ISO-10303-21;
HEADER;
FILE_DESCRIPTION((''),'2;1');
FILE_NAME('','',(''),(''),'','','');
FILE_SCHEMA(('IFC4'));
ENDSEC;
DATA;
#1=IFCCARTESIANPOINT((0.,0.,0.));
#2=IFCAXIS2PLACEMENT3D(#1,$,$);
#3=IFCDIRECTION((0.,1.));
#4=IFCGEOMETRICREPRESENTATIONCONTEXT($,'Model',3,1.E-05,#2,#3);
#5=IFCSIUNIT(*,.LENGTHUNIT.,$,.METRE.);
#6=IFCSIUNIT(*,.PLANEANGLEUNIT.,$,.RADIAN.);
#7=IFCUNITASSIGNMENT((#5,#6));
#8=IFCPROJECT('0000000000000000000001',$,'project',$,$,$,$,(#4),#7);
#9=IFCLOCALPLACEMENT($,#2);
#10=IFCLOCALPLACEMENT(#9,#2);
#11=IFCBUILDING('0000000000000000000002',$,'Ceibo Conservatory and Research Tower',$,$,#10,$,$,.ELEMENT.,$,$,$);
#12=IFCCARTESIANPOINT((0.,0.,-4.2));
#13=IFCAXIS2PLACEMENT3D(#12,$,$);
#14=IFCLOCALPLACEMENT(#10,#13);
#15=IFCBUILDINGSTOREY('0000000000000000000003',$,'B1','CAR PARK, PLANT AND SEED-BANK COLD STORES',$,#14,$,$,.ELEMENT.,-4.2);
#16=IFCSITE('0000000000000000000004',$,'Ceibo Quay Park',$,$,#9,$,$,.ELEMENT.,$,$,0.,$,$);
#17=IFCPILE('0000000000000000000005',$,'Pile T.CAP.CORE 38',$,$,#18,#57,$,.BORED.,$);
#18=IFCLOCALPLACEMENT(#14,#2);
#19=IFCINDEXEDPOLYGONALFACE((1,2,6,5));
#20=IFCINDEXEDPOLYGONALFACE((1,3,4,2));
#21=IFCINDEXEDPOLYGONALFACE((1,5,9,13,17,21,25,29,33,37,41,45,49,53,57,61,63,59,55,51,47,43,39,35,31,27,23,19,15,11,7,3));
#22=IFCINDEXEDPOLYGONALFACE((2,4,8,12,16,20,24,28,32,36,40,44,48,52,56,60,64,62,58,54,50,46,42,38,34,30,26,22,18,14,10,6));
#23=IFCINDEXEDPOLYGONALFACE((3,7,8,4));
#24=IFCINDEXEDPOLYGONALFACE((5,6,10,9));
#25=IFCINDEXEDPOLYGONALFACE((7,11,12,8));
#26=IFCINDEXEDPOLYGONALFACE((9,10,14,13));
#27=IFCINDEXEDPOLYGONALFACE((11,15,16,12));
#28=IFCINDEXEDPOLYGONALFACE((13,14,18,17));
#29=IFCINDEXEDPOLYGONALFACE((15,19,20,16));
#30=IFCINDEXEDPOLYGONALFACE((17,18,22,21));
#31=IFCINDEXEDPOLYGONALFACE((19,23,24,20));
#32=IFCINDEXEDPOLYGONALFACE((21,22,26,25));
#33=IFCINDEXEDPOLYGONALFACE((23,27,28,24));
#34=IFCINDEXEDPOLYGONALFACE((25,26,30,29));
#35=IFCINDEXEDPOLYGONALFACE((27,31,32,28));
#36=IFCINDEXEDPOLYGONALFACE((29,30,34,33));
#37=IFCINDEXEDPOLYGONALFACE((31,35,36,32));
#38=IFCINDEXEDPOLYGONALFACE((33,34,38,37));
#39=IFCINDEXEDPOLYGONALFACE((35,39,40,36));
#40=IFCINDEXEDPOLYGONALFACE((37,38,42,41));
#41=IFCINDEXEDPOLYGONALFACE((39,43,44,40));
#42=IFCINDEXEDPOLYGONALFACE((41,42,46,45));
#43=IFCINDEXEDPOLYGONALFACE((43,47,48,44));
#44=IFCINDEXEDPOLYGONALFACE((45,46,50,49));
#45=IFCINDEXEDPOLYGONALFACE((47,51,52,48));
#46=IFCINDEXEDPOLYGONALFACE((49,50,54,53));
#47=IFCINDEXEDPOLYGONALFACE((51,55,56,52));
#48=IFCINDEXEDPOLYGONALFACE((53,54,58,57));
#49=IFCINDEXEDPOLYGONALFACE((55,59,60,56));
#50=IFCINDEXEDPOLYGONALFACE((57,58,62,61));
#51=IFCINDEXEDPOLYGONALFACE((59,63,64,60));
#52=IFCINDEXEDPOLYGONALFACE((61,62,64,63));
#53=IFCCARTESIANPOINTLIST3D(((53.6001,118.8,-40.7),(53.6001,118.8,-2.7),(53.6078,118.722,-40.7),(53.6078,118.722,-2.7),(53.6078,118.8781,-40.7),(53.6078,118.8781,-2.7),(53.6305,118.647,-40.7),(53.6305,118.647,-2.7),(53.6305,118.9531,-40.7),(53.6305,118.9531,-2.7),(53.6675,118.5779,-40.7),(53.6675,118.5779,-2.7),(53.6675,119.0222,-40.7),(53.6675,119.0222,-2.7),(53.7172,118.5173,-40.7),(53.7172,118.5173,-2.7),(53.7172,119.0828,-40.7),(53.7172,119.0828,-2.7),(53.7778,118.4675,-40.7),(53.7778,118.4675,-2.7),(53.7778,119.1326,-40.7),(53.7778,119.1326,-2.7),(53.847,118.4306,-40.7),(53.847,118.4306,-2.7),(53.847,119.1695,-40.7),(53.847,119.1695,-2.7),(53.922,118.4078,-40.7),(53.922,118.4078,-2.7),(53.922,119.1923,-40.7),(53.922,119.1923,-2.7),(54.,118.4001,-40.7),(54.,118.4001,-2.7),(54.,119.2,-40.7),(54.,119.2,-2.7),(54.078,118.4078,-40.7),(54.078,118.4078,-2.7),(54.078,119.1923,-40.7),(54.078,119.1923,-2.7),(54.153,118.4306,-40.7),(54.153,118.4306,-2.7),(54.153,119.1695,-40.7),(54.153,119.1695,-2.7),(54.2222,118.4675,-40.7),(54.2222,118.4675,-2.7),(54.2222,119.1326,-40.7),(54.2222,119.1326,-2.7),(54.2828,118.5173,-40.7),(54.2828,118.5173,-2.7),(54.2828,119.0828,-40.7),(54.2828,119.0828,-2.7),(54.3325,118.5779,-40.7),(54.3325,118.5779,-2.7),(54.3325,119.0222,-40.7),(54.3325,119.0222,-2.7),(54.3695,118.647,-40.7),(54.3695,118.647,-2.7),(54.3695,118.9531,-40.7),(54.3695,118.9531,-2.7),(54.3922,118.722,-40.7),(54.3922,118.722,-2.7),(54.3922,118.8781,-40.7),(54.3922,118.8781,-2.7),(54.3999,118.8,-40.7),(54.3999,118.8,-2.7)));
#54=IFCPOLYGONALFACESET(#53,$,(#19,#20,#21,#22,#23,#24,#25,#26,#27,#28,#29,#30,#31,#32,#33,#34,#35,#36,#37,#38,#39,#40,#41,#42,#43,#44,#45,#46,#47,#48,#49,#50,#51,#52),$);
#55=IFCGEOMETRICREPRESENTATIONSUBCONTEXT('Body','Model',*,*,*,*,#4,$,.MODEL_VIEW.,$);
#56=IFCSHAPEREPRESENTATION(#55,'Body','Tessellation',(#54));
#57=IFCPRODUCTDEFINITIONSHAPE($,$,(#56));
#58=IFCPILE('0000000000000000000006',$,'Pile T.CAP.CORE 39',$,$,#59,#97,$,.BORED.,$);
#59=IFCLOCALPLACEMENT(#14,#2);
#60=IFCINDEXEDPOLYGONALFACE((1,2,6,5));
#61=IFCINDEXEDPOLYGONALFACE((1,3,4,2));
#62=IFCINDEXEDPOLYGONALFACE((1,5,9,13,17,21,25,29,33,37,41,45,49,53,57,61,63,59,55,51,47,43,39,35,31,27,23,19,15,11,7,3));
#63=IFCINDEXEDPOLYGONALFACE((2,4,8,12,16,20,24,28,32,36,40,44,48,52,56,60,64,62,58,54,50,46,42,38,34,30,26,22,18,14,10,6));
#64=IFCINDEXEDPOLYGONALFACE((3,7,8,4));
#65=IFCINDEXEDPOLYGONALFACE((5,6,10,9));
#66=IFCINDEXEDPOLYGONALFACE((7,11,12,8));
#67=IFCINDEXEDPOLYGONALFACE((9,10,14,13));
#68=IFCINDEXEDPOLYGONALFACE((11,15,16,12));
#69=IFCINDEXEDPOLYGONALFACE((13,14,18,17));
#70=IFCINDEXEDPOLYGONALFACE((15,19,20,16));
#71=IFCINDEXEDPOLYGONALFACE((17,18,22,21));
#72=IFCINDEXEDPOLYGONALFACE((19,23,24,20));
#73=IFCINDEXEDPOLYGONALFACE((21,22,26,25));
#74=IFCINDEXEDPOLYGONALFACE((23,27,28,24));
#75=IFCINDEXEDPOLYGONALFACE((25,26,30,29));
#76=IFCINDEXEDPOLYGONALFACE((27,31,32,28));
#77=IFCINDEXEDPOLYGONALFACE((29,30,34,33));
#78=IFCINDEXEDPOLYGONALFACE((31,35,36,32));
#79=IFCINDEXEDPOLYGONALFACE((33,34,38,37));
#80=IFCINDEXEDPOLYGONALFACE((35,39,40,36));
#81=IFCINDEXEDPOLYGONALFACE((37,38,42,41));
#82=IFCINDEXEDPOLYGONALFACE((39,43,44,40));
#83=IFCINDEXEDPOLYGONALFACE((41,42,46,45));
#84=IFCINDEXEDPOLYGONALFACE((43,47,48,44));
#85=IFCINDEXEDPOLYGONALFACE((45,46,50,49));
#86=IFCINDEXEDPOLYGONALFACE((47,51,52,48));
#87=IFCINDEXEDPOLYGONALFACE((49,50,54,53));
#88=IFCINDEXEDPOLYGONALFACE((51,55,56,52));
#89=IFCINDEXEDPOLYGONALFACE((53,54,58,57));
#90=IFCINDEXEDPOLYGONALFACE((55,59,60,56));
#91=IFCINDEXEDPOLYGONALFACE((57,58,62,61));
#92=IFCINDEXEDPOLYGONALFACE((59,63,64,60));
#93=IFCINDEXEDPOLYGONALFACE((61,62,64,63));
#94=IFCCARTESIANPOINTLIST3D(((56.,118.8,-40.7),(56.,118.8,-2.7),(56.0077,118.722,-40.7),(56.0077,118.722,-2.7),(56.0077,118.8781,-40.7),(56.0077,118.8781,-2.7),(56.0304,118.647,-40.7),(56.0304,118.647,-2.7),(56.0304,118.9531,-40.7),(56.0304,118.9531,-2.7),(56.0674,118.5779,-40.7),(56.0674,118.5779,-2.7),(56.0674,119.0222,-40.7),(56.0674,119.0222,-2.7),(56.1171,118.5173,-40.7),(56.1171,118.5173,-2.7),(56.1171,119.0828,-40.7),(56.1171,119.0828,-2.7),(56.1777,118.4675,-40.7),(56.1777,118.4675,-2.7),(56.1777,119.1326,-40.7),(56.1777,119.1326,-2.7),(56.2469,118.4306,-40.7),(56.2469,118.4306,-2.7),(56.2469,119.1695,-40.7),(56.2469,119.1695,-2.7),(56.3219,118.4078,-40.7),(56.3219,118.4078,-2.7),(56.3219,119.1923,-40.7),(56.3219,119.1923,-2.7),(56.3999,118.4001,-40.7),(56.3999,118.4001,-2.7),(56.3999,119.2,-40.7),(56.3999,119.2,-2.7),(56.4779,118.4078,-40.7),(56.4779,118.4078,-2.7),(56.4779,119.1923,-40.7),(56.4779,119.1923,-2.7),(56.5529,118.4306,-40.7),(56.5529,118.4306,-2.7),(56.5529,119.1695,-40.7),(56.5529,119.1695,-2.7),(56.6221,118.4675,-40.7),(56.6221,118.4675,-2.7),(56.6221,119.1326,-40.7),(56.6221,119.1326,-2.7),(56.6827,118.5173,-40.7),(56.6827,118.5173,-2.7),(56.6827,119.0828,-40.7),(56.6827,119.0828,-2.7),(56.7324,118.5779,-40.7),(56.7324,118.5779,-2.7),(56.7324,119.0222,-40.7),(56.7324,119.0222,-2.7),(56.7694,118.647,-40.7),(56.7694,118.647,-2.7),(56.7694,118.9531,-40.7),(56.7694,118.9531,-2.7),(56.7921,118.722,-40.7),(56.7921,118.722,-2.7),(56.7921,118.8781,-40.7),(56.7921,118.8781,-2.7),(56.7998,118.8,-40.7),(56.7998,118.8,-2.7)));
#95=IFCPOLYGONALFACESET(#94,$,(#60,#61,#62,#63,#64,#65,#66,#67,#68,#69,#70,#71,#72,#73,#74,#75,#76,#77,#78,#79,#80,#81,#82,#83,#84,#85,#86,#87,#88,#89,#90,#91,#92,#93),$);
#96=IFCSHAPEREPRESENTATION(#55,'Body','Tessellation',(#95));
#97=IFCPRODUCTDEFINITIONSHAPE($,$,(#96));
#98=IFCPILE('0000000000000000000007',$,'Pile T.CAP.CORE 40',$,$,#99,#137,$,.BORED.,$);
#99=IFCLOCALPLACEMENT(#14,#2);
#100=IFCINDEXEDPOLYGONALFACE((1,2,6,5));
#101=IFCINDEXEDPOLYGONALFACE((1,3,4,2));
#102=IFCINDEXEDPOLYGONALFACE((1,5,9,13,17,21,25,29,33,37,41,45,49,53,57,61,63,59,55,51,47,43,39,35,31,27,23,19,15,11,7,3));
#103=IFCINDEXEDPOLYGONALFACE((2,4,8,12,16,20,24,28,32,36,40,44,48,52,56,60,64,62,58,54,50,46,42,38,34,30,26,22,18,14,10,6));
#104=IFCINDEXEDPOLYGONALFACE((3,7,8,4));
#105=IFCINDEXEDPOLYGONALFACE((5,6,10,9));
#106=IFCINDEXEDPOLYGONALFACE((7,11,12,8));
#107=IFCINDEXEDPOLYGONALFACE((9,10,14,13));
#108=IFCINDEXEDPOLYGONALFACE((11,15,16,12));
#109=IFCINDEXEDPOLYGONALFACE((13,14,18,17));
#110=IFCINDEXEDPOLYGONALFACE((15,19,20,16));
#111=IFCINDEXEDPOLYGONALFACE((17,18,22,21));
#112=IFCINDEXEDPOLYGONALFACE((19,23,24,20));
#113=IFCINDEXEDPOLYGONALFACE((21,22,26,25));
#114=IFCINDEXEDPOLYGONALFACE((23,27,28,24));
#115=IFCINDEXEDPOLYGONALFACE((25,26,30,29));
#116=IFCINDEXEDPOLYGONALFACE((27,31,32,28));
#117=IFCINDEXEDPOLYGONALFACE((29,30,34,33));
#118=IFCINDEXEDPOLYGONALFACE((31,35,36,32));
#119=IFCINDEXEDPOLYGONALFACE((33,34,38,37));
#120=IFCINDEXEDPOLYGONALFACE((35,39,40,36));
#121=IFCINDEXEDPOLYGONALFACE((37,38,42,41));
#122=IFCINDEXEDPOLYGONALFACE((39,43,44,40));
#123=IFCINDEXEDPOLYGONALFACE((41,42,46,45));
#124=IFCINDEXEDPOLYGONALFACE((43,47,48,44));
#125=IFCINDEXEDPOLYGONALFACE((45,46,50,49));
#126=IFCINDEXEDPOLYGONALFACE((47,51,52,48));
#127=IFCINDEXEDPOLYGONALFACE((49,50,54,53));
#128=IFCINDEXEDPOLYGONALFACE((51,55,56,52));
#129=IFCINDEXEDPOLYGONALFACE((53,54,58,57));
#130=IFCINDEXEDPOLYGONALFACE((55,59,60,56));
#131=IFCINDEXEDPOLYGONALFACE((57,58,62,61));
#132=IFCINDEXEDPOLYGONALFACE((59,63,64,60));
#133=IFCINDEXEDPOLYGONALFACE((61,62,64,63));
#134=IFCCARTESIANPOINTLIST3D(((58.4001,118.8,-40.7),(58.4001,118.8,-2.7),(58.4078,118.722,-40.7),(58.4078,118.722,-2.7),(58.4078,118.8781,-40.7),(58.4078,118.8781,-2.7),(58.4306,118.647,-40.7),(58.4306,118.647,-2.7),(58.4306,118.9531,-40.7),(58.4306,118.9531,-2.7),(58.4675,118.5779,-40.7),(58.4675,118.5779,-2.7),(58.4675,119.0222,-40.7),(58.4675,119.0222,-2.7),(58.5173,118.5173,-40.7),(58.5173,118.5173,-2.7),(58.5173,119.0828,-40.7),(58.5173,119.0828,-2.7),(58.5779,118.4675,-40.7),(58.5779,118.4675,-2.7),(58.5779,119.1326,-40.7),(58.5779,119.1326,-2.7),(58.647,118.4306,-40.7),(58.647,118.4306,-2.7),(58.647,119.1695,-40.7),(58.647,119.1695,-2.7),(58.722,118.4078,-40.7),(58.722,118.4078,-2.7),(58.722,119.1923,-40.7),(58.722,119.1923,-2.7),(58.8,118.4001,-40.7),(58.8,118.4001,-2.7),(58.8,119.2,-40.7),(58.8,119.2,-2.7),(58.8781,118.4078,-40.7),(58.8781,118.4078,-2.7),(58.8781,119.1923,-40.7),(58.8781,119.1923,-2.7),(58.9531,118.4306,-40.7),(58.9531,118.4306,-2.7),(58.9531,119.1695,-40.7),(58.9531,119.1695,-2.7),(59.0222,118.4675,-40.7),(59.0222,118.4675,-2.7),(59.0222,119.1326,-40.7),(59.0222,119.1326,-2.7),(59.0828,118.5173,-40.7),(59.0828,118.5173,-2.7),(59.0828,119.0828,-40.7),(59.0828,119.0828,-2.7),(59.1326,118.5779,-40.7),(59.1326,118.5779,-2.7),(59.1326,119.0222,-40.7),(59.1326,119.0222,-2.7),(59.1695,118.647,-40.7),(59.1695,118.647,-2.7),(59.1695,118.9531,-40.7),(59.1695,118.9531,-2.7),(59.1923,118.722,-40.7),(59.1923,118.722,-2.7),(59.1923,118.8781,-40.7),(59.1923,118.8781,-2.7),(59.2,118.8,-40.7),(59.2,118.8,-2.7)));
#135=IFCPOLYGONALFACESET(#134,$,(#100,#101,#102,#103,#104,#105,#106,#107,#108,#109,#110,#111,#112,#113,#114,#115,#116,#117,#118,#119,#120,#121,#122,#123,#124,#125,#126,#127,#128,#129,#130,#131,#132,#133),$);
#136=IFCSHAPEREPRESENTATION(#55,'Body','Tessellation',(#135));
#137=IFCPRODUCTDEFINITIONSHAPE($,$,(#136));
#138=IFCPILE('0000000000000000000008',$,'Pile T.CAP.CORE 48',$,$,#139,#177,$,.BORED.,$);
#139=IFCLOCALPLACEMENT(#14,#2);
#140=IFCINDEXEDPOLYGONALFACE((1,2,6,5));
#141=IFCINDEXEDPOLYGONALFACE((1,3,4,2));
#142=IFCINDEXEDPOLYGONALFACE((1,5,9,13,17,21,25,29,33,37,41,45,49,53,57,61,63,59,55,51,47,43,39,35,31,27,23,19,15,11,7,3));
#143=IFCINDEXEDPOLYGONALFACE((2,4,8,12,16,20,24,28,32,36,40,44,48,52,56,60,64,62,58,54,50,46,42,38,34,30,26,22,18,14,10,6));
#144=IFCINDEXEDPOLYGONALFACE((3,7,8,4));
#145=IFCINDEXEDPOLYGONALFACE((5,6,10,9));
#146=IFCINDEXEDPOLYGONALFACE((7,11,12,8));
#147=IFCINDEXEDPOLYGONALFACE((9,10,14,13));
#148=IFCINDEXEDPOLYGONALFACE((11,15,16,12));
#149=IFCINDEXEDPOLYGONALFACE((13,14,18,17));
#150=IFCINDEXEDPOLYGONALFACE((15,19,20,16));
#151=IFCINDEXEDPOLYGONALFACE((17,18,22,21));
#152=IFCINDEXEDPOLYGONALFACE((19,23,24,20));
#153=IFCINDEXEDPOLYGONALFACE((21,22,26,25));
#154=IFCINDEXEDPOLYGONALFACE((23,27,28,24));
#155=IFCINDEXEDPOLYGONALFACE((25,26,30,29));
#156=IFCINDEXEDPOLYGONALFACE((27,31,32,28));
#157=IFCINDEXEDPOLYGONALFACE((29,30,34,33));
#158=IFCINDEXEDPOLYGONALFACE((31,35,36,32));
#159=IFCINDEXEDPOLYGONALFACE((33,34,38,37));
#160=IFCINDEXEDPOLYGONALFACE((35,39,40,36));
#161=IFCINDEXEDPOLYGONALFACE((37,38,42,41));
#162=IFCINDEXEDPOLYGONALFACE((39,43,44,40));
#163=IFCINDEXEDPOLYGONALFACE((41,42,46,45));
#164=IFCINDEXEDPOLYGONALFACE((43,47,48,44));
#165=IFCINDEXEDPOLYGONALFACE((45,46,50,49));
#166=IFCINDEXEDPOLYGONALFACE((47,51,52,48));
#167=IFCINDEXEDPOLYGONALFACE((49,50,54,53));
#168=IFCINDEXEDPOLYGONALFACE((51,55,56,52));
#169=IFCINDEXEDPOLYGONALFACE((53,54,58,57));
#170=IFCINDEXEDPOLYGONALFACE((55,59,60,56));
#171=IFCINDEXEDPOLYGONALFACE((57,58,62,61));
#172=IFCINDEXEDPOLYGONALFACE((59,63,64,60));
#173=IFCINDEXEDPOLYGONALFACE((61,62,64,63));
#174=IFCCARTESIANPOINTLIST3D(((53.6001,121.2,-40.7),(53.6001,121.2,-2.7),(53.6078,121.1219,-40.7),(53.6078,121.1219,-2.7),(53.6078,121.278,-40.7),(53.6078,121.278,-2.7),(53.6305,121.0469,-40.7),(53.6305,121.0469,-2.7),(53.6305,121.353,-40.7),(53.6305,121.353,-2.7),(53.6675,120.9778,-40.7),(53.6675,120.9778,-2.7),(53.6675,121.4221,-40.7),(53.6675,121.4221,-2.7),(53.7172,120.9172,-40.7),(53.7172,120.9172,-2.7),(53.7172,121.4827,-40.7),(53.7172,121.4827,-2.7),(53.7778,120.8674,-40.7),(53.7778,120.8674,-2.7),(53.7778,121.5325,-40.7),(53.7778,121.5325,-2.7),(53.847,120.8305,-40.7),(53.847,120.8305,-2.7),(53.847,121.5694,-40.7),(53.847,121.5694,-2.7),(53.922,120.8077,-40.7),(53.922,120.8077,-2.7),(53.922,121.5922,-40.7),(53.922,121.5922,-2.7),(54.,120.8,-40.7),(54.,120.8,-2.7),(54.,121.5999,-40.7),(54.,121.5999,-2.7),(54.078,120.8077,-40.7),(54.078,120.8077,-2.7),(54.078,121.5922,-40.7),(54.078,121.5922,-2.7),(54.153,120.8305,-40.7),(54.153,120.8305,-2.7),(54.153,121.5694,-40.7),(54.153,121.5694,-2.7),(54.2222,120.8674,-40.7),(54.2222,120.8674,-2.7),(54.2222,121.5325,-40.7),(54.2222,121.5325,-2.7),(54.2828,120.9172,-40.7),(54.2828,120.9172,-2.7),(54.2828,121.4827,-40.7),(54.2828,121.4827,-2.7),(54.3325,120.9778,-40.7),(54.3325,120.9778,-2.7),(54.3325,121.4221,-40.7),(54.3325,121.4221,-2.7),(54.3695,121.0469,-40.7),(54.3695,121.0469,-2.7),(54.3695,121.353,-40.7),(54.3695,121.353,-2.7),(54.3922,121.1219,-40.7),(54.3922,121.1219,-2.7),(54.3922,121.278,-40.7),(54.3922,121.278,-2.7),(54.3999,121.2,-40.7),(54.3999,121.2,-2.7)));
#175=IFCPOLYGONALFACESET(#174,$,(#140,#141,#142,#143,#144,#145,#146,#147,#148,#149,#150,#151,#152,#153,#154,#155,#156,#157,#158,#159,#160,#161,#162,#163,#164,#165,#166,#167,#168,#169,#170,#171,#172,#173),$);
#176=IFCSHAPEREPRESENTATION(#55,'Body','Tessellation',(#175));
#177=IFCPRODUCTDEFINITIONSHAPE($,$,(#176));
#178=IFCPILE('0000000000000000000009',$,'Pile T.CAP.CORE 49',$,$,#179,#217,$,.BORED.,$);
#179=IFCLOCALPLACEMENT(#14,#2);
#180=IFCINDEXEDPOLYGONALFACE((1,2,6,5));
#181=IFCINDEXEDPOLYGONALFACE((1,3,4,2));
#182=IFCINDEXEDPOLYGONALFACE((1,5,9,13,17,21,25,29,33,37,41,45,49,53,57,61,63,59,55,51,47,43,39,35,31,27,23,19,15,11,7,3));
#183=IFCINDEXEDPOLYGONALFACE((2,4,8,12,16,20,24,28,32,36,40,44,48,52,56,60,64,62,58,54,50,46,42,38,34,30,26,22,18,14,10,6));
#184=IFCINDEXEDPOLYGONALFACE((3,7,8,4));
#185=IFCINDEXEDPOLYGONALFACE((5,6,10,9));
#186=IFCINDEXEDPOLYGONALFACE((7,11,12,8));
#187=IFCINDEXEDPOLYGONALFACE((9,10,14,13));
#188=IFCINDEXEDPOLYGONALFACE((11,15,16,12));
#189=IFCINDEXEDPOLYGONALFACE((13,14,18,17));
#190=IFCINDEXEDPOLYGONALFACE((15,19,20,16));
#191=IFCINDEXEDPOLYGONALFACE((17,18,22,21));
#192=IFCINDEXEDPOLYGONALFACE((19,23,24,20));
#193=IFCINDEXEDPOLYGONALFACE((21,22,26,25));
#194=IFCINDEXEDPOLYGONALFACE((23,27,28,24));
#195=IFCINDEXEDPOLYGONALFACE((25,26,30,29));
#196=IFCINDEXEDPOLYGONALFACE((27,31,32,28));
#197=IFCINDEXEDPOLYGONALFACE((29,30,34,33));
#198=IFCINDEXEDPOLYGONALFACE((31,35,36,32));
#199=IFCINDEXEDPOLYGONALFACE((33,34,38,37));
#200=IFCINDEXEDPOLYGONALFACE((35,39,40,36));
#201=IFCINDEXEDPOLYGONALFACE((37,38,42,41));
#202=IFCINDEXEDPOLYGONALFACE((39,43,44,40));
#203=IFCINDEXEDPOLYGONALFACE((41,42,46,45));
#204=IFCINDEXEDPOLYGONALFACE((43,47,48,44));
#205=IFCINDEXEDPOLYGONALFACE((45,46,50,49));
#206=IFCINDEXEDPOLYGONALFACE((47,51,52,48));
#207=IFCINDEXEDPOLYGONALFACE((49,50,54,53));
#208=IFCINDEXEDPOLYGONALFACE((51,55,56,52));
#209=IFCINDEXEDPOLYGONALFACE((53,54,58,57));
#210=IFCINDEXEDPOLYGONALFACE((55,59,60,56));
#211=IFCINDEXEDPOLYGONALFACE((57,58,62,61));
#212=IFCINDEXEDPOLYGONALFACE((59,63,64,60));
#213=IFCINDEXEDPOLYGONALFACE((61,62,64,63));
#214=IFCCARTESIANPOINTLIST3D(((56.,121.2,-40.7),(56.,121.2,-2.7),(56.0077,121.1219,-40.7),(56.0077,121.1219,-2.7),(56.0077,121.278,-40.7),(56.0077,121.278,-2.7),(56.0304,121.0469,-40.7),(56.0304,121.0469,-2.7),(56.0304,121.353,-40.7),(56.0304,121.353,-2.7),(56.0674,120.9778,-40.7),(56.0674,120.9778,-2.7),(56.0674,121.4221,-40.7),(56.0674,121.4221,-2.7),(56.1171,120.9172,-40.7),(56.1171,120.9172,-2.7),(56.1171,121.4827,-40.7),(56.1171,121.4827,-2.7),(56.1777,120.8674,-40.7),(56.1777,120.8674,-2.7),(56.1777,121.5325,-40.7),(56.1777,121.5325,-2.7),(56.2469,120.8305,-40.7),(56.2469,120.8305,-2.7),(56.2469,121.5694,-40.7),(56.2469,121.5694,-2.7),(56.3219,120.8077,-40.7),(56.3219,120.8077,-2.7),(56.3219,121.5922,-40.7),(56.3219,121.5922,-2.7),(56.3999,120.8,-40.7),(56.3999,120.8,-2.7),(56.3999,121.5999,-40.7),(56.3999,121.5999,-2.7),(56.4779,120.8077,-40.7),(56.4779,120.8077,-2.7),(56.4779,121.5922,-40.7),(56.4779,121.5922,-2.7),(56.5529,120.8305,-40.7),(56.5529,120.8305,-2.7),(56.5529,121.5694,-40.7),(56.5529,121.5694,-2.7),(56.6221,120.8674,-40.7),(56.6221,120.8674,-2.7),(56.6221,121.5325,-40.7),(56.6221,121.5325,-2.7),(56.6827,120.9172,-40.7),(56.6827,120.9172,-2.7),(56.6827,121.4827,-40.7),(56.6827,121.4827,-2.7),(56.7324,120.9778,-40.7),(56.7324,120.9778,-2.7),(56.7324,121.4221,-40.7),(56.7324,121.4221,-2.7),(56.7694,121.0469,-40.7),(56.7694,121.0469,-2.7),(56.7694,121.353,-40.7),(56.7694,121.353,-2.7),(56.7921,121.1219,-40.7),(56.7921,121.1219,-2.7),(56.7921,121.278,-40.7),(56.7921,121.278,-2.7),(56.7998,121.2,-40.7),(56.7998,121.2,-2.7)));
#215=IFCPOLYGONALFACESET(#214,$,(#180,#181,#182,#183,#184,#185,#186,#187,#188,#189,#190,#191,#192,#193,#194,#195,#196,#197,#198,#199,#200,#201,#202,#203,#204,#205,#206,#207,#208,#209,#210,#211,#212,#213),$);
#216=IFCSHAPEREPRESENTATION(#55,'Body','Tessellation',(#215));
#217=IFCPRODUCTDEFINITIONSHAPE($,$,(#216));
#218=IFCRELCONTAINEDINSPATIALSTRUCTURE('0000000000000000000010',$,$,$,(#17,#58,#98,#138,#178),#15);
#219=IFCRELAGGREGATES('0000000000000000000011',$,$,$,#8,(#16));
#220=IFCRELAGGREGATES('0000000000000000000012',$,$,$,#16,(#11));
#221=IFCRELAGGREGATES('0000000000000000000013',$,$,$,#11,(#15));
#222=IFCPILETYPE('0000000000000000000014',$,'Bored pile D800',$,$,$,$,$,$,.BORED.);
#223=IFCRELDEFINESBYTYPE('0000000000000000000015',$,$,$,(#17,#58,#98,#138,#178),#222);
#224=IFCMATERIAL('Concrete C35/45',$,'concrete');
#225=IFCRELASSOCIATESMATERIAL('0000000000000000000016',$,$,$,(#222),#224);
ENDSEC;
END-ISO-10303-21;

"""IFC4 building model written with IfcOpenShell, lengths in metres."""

from ifc_helpers import new_model, si_unit, direction, frame, origin, origin_2d, place, context, subcontext, project, spatial, circle, extrude, material, material_profile, profile_set, type_object, element, save


model = new_model("IFC4")

# Units and contexts
model_context = context("Model", 3, precision=1e-05, world=origin(), true_north=direction((0.0, 1.0)))
body_context = subcontext(model_context, "Body", "Model", "MODEL_VIEW")
ifc_project = project(units=[si_unit("LENGTHUNIT", "METRE"), si_unit("PLANEANGLEUNIT", "RADIAN")], contexts=[model_context])

# Site, building, storey
site_placement = place(None, origin())
site = spatial("IfcSite", under=ifc_project, at=site_placement, Name="Ceibo Quay Park", CompositionType="ELEMENT", RefElevation=0.0)
building_placement = place(site_placement, origin())
building = spatial("IfcBuilding", under=site, at=building_placement, Name="Ceibo Conservatory and Research Tower", CompositionType="ELEMENT")
storey_placement = place(building_placement, frame((0.0, 0.0, -4.2)))
storey = spatial("IfcBuildingStorey", under=building, at=storey_placement, Name="B1", Description="CAR PARK, PLANT AND SEED-BANK COLD STORES", CompositionType="ELEMENT", Elevation=-4.2)

# Piles
ifc_material_1 = material(Name="Concrete C35/45", Category="concrete")
ifc_material_profile = material_profile(ifc_material_1, circle(Radius=0.3999, at=origin_2d()), Name="RC D800")
ifc_profile_set = profile_set([ifc_material_profile], Name="Concrete C35/45")
pile_type = type_object("IfcPileType", Name="Bored pile D800", PredefinedType="BORED", material=ifc_profile_set)
for number, where, z_axis, x_axis, name in (
    (1, (54.0, 118.8, -2.7), (0.0, 0.0, -1.0), (1.0, 0.0, 0.0), "Pile T.CAP.CORE 38"),
    (2, (56.3999, 118.8, -2.7), (0.0, 0.0, -1.0), (1.0, 0.0, 0.0), "Pile T.CAP.CORE 39"),
    (3, (58.8, 118.8, -2.7), (0.0, 0.0, -1.0), (1.0, 0.0, 0.0), "Pile T.CAP.CORE 40"),
    (4, (54.0, 121.2, -2.7), (0.0, 0.0, -1.0), (1.0, 0.0, 0.0), "Pile T.CAP.CORE 48"),
    (5, (56.3999, 121.2, -2.7), (0.0, 0.0, -1.0), (1.0, 0.0, 0.0), "Pile T.CAP.CORE 49"),
):
    element("IfcPile", number, at=place(storey_placement, frame(where, z_axis=z_axis, x_axis=x_axis)), inside=storey, type_object=pile_type, Name=name, PredefinedType="BORED", context=body_context, shape_type="SweptSolid", body=[
        extrude(circle(Radius=0.3999, at=origin_2d()), origin(), (0.0, 0.0, 1.0), 38.0),
    ])

save(model, "model.ifc")
